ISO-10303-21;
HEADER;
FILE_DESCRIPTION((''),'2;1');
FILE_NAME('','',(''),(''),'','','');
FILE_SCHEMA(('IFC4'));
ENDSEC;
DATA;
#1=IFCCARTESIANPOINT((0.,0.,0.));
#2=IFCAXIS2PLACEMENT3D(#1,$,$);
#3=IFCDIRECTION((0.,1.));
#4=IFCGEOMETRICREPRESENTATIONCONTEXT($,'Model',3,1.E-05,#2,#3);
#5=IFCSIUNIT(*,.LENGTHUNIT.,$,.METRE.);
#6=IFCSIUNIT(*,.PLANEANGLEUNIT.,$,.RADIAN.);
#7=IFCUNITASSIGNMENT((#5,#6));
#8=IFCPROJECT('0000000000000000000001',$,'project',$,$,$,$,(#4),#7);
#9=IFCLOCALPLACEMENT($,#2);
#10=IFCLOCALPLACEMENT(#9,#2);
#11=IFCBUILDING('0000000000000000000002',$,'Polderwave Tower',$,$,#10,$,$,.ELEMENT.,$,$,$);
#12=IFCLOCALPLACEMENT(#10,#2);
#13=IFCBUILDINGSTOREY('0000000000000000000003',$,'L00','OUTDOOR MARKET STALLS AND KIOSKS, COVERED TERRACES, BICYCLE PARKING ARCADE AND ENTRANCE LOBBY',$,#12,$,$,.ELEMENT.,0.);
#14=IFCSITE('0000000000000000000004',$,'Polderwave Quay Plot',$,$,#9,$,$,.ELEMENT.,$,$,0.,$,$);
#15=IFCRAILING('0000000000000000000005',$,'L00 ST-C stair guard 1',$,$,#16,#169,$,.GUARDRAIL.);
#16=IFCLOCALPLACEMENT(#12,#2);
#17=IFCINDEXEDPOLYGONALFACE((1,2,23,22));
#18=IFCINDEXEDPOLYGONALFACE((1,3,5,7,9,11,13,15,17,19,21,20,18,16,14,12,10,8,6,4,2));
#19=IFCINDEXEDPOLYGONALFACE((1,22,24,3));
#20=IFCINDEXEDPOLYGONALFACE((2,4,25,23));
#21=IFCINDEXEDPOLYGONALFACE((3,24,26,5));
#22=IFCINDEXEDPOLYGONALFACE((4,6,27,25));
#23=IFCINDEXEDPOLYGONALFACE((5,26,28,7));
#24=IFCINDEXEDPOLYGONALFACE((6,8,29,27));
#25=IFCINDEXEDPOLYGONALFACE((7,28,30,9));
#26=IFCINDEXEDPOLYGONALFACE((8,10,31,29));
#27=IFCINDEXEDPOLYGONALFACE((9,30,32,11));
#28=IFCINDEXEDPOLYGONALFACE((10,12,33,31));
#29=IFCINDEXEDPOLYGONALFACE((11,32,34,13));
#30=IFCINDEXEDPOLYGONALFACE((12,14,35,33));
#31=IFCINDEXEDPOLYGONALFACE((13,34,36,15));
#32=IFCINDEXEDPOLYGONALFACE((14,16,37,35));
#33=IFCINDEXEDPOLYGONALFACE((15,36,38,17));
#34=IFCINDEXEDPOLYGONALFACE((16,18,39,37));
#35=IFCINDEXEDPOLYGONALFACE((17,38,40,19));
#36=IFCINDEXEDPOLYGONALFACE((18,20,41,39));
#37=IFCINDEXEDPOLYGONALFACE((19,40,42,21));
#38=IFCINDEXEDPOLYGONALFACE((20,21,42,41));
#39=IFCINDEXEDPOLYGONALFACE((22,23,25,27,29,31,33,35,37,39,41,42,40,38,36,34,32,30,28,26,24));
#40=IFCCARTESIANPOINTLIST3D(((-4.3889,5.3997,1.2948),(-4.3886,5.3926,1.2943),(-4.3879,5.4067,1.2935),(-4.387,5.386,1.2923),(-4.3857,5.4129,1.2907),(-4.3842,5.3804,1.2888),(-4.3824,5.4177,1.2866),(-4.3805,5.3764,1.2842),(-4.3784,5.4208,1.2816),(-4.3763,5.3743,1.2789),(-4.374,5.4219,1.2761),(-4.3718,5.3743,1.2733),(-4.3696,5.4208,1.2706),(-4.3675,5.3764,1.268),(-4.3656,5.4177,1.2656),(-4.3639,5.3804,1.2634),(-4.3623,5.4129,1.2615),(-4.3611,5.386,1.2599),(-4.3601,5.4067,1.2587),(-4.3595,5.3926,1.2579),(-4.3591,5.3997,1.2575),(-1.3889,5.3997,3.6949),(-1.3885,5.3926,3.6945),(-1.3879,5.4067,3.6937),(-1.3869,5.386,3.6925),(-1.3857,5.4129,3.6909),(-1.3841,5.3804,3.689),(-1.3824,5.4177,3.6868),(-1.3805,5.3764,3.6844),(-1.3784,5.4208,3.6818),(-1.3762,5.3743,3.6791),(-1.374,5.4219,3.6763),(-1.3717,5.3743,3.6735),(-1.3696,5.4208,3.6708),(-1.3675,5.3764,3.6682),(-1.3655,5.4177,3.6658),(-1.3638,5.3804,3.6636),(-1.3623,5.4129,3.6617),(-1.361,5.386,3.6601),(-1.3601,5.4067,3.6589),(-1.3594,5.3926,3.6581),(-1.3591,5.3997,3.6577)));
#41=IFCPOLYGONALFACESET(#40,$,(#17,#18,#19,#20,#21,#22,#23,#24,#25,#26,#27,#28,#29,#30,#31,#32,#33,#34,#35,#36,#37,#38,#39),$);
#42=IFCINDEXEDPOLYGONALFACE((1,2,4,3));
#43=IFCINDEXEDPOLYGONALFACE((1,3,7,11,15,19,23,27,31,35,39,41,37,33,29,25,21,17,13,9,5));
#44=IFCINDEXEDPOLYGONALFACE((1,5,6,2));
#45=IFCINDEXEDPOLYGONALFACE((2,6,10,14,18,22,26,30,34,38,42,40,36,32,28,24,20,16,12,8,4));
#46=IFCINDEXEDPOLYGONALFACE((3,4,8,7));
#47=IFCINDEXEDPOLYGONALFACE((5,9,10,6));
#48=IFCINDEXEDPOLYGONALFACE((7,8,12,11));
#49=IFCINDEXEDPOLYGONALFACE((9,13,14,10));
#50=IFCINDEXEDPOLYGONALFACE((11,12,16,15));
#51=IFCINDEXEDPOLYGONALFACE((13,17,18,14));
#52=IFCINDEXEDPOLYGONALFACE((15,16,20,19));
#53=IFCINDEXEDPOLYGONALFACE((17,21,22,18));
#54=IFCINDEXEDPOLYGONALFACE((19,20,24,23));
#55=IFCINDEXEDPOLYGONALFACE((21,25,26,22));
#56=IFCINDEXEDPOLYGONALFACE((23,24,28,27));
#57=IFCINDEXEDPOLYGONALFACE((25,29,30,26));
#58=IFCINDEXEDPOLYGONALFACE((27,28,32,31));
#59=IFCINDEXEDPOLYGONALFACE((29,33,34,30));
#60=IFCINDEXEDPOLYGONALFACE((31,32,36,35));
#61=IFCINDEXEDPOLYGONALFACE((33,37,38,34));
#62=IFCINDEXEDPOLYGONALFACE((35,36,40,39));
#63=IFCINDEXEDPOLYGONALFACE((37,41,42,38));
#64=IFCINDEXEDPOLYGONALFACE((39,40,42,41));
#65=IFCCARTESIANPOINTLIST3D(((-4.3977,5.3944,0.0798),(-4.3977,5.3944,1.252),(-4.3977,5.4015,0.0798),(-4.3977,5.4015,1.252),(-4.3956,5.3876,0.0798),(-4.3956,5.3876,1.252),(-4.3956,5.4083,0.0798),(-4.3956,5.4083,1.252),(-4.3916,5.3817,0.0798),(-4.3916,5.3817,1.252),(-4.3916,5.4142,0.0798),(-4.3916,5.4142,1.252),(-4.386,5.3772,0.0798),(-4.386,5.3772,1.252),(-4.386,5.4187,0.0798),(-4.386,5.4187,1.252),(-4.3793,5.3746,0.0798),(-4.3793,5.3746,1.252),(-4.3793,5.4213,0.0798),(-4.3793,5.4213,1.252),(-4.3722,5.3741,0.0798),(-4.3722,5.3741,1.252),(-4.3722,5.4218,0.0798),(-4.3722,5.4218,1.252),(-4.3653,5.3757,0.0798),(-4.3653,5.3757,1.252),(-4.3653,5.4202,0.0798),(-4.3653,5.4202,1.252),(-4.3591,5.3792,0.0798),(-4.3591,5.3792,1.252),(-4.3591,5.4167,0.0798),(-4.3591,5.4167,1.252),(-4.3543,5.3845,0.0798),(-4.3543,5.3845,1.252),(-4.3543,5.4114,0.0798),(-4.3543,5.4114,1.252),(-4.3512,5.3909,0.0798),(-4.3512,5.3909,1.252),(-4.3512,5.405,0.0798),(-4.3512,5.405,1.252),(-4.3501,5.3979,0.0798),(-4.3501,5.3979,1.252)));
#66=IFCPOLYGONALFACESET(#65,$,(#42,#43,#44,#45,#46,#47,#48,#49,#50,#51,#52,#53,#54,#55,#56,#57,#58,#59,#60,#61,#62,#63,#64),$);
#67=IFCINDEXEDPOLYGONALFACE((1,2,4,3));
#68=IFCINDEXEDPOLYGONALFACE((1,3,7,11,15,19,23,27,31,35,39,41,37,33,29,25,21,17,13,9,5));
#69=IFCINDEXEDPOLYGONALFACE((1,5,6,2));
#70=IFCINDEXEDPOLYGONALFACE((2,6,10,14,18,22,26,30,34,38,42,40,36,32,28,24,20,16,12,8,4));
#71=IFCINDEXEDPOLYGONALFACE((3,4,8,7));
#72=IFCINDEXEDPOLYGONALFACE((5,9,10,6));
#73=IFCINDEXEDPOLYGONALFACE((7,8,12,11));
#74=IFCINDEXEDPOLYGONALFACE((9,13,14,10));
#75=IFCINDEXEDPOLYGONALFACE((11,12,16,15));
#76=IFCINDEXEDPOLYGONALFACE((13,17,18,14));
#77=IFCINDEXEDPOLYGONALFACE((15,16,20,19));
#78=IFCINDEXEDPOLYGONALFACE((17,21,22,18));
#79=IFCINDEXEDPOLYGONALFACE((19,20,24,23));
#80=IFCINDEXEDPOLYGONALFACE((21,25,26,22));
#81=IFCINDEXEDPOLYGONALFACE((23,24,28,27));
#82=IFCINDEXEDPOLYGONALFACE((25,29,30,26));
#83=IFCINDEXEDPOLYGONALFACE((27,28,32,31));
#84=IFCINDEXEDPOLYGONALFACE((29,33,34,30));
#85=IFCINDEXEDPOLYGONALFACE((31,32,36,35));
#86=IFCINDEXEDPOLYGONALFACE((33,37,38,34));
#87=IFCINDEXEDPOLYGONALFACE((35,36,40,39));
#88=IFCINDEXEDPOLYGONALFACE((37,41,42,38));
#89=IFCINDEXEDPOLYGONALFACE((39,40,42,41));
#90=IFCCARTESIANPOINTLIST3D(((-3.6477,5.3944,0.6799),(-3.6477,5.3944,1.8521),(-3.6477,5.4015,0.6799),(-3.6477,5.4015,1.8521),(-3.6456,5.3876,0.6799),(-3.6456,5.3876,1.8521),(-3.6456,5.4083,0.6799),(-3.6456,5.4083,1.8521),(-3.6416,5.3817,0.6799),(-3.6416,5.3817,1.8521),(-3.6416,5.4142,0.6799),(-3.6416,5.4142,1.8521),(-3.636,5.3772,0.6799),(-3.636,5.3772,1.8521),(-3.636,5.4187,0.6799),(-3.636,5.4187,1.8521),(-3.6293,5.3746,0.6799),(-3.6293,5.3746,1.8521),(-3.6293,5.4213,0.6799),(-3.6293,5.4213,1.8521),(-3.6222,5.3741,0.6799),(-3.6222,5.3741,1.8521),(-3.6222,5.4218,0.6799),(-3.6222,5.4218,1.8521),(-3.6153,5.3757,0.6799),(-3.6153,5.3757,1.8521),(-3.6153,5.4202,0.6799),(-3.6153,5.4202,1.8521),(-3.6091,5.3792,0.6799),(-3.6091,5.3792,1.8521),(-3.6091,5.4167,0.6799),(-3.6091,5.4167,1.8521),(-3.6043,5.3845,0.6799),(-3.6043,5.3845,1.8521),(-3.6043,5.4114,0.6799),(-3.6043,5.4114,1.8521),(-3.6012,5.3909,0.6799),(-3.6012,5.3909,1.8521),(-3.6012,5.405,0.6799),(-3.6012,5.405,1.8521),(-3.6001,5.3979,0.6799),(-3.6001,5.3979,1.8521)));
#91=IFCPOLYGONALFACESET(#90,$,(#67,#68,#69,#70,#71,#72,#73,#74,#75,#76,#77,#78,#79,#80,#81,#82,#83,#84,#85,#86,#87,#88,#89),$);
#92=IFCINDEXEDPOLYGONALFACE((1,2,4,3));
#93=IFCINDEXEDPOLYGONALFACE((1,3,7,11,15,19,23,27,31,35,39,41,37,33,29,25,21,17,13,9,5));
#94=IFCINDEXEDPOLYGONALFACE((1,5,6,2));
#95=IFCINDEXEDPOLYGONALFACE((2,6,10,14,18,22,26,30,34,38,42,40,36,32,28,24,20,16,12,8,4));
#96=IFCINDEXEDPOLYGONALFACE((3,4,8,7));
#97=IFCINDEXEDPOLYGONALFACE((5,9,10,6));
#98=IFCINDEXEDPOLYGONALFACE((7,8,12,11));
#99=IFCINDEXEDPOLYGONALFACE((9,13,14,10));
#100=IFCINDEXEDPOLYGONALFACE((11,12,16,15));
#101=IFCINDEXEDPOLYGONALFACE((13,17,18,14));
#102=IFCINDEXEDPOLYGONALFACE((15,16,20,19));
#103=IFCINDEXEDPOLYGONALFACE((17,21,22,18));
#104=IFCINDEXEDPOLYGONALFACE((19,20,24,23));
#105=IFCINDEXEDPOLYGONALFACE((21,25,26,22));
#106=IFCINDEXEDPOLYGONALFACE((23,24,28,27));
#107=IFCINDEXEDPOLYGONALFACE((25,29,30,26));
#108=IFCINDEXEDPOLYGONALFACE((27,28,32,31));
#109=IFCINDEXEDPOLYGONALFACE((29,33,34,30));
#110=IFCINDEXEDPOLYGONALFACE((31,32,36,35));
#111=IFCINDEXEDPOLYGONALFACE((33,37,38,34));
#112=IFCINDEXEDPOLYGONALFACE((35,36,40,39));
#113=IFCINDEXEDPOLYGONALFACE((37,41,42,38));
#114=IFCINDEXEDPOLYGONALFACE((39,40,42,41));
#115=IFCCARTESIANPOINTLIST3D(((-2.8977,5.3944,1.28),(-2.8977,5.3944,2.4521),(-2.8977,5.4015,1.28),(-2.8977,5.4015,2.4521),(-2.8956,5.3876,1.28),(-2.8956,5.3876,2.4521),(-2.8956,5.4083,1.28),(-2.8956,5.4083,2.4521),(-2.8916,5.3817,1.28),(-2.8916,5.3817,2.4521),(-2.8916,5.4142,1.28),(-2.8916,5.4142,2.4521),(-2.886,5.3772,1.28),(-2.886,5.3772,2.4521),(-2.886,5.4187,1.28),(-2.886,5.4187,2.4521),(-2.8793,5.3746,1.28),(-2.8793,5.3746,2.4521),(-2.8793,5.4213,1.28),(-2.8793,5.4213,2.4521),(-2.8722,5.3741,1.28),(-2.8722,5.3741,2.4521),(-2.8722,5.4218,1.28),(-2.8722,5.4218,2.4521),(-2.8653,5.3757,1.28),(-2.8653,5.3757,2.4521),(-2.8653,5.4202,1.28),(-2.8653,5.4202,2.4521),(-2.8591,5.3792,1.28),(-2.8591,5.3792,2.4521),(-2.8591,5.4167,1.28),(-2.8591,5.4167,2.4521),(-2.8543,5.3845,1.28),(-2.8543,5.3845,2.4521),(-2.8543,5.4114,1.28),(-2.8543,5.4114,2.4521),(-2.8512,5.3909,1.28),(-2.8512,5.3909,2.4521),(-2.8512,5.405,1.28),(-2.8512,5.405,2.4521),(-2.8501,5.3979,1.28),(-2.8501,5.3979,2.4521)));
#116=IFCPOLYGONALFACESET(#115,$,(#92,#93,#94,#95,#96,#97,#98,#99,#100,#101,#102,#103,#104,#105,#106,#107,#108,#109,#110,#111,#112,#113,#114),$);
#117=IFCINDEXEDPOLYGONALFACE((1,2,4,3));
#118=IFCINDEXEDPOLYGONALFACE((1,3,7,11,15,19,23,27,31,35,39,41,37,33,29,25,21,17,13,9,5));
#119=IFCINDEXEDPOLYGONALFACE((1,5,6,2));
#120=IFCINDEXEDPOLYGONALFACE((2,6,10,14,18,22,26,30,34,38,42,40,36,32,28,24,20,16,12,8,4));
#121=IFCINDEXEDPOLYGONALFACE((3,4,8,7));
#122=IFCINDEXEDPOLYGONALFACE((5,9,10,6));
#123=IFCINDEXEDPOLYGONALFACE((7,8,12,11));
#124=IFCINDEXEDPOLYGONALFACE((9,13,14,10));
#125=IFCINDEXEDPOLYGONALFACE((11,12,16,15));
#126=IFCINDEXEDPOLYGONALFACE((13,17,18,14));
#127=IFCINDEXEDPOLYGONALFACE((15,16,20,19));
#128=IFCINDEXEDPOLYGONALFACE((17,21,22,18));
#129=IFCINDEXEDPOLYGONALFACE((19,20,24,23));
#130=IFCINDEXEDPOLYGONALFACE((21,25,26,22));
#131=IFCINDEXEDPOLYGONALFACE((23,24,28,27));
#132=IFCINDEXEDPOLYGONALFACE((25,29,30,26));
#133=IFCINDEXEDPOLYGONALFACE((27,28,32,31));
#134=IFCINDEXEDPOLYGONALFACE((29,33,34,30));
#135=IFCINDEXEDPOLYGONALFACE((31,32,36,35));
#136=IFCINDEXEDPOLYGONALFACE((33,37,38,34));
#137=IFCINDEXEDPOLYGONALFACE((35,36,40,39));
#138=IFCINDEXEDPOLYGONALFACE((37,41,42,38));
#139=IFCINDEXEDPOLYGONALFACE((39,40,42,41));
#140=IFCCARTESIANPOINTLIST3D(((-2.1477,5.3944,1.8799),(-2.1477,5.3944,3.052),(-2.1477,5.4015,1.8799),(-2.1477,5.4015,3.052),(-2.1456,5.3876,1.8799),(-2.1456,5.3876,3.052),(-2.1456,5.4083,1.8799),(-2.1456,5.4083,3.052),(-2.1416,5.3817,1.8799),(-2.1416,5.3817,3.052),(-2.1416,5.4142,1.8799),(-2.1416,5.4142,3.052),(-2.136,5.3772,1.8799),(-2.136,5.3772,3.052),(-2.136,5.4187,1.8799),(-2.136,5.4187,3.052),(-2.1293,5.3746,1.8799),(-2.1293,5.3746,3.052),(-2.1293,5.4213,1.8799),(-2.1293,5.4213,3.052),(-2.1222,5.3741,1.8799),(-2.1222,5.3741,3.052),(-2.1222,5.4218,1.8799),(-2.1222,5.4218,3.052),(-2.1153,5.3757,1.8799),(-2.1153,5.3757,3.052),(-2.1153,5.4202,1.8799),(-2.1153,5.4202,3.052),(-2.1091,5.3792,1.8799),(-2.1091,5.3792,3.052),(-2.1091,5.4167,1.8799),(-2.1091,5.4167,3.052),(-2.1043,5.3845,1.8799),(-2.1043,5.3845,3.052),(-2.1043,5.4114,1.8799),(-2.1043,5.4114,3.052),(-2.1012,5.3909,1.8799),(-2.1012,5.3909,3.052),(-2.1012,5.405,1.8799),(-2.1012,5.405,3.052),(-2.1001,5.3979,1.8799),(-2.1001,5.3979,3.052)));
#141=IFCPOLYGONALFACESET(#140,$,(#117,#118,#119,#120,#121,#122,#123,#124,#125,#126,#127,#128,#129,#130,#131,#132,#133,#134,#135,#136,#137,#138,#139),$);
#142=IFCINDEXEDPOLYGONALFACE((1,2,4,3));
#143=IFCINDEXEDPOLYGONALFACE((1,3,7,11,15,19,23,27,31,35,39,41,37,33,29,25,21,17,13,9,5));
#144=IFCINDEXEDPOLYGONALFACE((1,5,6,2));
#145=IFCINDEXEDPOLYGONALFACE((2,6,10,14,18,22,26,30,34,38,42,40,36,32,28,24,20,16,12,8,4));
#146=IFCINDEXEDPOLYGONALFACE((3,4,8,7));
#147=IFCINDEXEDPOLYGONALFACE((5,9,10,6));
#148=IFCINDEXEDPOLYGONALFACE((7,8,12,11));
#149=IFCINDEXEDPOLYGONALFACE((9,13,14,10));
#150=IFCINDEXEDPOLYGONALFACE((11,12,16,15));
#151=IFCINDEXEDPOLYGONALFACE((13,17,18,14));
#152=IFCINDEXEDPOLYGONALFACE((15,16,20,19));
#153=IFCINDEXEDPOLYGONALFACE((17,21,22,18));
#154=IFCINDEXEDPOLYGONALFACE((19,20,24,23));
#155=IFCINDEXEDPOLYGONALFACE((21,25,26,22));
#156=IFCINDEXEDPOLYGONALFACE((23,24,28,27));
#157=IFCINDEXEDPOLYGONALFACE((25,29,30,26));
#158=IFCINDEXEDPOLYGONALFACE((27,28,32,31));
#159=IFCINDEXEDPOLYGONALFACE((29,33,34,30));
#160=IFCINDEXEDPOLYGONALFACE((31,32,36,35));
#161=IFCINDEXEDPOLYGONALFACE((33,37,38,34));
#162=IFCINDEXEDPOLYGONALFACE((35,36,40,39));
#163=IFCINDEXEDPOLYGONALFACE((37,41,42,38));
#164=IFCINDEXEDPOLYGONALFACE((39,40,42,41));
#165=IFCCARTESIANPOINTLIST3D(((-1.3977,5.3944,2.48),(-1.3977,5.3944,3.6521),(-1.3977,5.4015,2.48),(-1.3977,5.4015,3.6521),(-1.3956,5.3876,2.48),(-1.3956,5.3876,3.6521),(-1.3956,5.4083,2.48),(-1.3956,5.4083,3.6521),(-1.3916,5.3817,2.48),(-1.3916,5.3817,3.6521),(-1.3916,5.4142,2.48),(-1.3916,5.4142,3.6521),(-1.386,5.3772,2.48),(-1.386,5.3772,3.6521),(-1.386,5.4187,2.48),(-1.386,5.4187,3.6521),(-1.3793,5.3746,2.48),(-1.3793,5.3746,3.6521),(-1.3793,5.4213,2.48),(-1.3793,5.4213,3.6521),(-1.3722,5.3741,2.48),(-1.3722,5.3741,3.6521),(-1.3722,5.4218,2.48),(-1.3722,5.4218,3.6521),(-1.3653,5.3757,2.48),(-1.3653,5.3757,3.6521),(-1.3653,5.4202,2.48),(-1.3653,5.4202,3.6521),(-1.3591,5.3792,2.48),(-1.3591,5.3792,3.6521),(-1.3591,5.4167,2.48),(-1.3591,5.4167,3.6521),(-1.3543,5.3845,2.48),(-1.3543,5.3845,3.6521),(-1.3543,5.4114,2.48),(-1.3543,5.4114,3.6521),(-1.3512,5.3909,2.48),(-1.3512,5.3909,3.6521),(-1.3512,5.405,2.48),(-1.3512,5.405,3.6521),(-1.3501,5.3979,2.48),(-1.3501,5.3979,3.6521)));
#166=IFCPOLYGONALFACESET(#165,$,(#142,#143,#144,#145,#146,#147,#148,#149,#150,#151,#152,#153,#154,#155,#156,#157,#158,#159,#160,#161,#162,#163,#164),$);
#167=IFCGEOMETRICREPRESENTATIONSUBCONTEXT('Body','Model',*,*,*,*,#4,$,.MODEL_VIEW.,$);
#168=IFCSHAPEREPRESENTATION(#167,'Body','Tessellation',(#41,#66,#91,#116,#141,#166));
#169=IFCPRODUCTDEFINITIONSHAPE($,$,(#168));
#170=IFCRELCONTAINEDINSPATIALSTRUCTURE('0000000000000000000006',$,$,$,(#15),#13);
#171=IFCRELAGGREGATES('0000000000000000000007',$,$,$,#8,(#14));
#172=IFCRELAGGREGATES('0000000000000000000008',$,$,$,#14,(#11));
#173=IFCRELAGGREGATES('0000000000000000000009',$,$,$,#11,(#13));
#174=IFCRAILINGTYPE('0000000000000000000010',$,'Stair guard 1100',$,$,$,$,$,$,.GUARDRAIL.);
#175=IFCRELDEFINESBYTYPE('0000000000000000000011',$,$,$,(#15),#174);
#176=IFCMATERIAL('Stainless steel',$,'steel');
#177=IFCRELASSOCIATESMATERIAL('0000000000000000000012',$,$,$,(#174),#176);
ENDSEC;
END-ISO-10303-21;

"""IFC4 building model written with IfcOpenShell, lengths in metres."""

from ifc_helpers import new_model, si_unit, direction, frame, origin, origin_2d, place, context, subcontext, project, spatial, circle, extrude, material, type_object, element, save


model = new_model("IFC4")

# Units and contexts
model_context = context("Model", 3, precision=1e-05, world=origin(), true_north=direction((0.0, 1.0)))
body_context = subcontext(model_context, "Body", "Model", "MODEL_VIEW")
ifc_project = project(units=[si_unit("LENGTHUNIT", "METRE"), si_unit("PLANEANGLEUNIT", "RADIAN")], contexts=[model_context])

# Site, building, storey
site_placement = place(None, origin())
site = spatial("IfcSite", under=ifc_project, at=site_placement, Name="Polderwave Quay Plot", CompositionType="ELEMENT", RefElevation=0.0)
building_placement = place(site_placement, origin())
building = spatial("IfcBuilding", under=site, at=building_placement, Name="Polderwave Tower", CompositionType="ELEMENT")
storey_placement = place(building_placement, origin())
storey = spatial("IfcBuildingStorey", under=building, at=storey_placement, Name="L00", Description="OUTDOOR MARKET STALLS AND KIOSKS, COVERED TERRACES, BICYCLE PARKING ARCADE AND ENTRANCE LOBBY", CompositionType="ELEMENT", Elevation=0.0)

# Railing
ifc_material_1 = material(Name="Stainless steel", Category="steel")
railing_type_1 = type_object("IfcRailingType", Name="Stair guard 1100", PredefinedType="GUARDRAIL", material=ifc_material_1)
railing_1_placement = place(storey_placement, frame((-4.374, 5.3979, 0.0798)))
element("IfcRailing", 1, at=railing_1_placement, inside=storey, type_object=railing_type_1, Name="L00 ST-C stair guard 1", PredefinedType="GUARDRAIL", context=body_context, shape_type="SweptSolid", body=[
    extrude(circle(Radius=0.0239, at=origin_2d()), frame((0.0, 0.0, 1.1963), z_axis=(0.78085, 0.0, 0.624718), x_axis=(0.0, 1.0, 0.0)), (0.0, 0.0, 1.0), 3.842),
    extrude(circle(Radius=0.0239, at=origin_2d()), origin(), (0.0, 0.0, 1.0), 1.1721),
    extrude(circle(Radius=0.0239, at=origin_2d()), frame((0.75, 0.0, 0.6001)), (0.0, 0.0, 1.0), 1.1721),
    extrude(circle(Radius=0.0239, at=origin_2d()), frame((1.5, 0.0, 1.2002)), (0.0, 0.0, 1.0), 1.1721),
    extrude(circle(Radius=0.0239, at=origin_2d()), frame((2.25, 0.0, 1.8)), (0.0, 0.0, 1.0), 1.1721),
    extrude(circle(Radius=0.0239, at=origin_2d()), frame((3.0, 0.0, 2.4001)), (0.0, 0.0, 1.0), 1.1721),
])

save(model, "model.ifc")
